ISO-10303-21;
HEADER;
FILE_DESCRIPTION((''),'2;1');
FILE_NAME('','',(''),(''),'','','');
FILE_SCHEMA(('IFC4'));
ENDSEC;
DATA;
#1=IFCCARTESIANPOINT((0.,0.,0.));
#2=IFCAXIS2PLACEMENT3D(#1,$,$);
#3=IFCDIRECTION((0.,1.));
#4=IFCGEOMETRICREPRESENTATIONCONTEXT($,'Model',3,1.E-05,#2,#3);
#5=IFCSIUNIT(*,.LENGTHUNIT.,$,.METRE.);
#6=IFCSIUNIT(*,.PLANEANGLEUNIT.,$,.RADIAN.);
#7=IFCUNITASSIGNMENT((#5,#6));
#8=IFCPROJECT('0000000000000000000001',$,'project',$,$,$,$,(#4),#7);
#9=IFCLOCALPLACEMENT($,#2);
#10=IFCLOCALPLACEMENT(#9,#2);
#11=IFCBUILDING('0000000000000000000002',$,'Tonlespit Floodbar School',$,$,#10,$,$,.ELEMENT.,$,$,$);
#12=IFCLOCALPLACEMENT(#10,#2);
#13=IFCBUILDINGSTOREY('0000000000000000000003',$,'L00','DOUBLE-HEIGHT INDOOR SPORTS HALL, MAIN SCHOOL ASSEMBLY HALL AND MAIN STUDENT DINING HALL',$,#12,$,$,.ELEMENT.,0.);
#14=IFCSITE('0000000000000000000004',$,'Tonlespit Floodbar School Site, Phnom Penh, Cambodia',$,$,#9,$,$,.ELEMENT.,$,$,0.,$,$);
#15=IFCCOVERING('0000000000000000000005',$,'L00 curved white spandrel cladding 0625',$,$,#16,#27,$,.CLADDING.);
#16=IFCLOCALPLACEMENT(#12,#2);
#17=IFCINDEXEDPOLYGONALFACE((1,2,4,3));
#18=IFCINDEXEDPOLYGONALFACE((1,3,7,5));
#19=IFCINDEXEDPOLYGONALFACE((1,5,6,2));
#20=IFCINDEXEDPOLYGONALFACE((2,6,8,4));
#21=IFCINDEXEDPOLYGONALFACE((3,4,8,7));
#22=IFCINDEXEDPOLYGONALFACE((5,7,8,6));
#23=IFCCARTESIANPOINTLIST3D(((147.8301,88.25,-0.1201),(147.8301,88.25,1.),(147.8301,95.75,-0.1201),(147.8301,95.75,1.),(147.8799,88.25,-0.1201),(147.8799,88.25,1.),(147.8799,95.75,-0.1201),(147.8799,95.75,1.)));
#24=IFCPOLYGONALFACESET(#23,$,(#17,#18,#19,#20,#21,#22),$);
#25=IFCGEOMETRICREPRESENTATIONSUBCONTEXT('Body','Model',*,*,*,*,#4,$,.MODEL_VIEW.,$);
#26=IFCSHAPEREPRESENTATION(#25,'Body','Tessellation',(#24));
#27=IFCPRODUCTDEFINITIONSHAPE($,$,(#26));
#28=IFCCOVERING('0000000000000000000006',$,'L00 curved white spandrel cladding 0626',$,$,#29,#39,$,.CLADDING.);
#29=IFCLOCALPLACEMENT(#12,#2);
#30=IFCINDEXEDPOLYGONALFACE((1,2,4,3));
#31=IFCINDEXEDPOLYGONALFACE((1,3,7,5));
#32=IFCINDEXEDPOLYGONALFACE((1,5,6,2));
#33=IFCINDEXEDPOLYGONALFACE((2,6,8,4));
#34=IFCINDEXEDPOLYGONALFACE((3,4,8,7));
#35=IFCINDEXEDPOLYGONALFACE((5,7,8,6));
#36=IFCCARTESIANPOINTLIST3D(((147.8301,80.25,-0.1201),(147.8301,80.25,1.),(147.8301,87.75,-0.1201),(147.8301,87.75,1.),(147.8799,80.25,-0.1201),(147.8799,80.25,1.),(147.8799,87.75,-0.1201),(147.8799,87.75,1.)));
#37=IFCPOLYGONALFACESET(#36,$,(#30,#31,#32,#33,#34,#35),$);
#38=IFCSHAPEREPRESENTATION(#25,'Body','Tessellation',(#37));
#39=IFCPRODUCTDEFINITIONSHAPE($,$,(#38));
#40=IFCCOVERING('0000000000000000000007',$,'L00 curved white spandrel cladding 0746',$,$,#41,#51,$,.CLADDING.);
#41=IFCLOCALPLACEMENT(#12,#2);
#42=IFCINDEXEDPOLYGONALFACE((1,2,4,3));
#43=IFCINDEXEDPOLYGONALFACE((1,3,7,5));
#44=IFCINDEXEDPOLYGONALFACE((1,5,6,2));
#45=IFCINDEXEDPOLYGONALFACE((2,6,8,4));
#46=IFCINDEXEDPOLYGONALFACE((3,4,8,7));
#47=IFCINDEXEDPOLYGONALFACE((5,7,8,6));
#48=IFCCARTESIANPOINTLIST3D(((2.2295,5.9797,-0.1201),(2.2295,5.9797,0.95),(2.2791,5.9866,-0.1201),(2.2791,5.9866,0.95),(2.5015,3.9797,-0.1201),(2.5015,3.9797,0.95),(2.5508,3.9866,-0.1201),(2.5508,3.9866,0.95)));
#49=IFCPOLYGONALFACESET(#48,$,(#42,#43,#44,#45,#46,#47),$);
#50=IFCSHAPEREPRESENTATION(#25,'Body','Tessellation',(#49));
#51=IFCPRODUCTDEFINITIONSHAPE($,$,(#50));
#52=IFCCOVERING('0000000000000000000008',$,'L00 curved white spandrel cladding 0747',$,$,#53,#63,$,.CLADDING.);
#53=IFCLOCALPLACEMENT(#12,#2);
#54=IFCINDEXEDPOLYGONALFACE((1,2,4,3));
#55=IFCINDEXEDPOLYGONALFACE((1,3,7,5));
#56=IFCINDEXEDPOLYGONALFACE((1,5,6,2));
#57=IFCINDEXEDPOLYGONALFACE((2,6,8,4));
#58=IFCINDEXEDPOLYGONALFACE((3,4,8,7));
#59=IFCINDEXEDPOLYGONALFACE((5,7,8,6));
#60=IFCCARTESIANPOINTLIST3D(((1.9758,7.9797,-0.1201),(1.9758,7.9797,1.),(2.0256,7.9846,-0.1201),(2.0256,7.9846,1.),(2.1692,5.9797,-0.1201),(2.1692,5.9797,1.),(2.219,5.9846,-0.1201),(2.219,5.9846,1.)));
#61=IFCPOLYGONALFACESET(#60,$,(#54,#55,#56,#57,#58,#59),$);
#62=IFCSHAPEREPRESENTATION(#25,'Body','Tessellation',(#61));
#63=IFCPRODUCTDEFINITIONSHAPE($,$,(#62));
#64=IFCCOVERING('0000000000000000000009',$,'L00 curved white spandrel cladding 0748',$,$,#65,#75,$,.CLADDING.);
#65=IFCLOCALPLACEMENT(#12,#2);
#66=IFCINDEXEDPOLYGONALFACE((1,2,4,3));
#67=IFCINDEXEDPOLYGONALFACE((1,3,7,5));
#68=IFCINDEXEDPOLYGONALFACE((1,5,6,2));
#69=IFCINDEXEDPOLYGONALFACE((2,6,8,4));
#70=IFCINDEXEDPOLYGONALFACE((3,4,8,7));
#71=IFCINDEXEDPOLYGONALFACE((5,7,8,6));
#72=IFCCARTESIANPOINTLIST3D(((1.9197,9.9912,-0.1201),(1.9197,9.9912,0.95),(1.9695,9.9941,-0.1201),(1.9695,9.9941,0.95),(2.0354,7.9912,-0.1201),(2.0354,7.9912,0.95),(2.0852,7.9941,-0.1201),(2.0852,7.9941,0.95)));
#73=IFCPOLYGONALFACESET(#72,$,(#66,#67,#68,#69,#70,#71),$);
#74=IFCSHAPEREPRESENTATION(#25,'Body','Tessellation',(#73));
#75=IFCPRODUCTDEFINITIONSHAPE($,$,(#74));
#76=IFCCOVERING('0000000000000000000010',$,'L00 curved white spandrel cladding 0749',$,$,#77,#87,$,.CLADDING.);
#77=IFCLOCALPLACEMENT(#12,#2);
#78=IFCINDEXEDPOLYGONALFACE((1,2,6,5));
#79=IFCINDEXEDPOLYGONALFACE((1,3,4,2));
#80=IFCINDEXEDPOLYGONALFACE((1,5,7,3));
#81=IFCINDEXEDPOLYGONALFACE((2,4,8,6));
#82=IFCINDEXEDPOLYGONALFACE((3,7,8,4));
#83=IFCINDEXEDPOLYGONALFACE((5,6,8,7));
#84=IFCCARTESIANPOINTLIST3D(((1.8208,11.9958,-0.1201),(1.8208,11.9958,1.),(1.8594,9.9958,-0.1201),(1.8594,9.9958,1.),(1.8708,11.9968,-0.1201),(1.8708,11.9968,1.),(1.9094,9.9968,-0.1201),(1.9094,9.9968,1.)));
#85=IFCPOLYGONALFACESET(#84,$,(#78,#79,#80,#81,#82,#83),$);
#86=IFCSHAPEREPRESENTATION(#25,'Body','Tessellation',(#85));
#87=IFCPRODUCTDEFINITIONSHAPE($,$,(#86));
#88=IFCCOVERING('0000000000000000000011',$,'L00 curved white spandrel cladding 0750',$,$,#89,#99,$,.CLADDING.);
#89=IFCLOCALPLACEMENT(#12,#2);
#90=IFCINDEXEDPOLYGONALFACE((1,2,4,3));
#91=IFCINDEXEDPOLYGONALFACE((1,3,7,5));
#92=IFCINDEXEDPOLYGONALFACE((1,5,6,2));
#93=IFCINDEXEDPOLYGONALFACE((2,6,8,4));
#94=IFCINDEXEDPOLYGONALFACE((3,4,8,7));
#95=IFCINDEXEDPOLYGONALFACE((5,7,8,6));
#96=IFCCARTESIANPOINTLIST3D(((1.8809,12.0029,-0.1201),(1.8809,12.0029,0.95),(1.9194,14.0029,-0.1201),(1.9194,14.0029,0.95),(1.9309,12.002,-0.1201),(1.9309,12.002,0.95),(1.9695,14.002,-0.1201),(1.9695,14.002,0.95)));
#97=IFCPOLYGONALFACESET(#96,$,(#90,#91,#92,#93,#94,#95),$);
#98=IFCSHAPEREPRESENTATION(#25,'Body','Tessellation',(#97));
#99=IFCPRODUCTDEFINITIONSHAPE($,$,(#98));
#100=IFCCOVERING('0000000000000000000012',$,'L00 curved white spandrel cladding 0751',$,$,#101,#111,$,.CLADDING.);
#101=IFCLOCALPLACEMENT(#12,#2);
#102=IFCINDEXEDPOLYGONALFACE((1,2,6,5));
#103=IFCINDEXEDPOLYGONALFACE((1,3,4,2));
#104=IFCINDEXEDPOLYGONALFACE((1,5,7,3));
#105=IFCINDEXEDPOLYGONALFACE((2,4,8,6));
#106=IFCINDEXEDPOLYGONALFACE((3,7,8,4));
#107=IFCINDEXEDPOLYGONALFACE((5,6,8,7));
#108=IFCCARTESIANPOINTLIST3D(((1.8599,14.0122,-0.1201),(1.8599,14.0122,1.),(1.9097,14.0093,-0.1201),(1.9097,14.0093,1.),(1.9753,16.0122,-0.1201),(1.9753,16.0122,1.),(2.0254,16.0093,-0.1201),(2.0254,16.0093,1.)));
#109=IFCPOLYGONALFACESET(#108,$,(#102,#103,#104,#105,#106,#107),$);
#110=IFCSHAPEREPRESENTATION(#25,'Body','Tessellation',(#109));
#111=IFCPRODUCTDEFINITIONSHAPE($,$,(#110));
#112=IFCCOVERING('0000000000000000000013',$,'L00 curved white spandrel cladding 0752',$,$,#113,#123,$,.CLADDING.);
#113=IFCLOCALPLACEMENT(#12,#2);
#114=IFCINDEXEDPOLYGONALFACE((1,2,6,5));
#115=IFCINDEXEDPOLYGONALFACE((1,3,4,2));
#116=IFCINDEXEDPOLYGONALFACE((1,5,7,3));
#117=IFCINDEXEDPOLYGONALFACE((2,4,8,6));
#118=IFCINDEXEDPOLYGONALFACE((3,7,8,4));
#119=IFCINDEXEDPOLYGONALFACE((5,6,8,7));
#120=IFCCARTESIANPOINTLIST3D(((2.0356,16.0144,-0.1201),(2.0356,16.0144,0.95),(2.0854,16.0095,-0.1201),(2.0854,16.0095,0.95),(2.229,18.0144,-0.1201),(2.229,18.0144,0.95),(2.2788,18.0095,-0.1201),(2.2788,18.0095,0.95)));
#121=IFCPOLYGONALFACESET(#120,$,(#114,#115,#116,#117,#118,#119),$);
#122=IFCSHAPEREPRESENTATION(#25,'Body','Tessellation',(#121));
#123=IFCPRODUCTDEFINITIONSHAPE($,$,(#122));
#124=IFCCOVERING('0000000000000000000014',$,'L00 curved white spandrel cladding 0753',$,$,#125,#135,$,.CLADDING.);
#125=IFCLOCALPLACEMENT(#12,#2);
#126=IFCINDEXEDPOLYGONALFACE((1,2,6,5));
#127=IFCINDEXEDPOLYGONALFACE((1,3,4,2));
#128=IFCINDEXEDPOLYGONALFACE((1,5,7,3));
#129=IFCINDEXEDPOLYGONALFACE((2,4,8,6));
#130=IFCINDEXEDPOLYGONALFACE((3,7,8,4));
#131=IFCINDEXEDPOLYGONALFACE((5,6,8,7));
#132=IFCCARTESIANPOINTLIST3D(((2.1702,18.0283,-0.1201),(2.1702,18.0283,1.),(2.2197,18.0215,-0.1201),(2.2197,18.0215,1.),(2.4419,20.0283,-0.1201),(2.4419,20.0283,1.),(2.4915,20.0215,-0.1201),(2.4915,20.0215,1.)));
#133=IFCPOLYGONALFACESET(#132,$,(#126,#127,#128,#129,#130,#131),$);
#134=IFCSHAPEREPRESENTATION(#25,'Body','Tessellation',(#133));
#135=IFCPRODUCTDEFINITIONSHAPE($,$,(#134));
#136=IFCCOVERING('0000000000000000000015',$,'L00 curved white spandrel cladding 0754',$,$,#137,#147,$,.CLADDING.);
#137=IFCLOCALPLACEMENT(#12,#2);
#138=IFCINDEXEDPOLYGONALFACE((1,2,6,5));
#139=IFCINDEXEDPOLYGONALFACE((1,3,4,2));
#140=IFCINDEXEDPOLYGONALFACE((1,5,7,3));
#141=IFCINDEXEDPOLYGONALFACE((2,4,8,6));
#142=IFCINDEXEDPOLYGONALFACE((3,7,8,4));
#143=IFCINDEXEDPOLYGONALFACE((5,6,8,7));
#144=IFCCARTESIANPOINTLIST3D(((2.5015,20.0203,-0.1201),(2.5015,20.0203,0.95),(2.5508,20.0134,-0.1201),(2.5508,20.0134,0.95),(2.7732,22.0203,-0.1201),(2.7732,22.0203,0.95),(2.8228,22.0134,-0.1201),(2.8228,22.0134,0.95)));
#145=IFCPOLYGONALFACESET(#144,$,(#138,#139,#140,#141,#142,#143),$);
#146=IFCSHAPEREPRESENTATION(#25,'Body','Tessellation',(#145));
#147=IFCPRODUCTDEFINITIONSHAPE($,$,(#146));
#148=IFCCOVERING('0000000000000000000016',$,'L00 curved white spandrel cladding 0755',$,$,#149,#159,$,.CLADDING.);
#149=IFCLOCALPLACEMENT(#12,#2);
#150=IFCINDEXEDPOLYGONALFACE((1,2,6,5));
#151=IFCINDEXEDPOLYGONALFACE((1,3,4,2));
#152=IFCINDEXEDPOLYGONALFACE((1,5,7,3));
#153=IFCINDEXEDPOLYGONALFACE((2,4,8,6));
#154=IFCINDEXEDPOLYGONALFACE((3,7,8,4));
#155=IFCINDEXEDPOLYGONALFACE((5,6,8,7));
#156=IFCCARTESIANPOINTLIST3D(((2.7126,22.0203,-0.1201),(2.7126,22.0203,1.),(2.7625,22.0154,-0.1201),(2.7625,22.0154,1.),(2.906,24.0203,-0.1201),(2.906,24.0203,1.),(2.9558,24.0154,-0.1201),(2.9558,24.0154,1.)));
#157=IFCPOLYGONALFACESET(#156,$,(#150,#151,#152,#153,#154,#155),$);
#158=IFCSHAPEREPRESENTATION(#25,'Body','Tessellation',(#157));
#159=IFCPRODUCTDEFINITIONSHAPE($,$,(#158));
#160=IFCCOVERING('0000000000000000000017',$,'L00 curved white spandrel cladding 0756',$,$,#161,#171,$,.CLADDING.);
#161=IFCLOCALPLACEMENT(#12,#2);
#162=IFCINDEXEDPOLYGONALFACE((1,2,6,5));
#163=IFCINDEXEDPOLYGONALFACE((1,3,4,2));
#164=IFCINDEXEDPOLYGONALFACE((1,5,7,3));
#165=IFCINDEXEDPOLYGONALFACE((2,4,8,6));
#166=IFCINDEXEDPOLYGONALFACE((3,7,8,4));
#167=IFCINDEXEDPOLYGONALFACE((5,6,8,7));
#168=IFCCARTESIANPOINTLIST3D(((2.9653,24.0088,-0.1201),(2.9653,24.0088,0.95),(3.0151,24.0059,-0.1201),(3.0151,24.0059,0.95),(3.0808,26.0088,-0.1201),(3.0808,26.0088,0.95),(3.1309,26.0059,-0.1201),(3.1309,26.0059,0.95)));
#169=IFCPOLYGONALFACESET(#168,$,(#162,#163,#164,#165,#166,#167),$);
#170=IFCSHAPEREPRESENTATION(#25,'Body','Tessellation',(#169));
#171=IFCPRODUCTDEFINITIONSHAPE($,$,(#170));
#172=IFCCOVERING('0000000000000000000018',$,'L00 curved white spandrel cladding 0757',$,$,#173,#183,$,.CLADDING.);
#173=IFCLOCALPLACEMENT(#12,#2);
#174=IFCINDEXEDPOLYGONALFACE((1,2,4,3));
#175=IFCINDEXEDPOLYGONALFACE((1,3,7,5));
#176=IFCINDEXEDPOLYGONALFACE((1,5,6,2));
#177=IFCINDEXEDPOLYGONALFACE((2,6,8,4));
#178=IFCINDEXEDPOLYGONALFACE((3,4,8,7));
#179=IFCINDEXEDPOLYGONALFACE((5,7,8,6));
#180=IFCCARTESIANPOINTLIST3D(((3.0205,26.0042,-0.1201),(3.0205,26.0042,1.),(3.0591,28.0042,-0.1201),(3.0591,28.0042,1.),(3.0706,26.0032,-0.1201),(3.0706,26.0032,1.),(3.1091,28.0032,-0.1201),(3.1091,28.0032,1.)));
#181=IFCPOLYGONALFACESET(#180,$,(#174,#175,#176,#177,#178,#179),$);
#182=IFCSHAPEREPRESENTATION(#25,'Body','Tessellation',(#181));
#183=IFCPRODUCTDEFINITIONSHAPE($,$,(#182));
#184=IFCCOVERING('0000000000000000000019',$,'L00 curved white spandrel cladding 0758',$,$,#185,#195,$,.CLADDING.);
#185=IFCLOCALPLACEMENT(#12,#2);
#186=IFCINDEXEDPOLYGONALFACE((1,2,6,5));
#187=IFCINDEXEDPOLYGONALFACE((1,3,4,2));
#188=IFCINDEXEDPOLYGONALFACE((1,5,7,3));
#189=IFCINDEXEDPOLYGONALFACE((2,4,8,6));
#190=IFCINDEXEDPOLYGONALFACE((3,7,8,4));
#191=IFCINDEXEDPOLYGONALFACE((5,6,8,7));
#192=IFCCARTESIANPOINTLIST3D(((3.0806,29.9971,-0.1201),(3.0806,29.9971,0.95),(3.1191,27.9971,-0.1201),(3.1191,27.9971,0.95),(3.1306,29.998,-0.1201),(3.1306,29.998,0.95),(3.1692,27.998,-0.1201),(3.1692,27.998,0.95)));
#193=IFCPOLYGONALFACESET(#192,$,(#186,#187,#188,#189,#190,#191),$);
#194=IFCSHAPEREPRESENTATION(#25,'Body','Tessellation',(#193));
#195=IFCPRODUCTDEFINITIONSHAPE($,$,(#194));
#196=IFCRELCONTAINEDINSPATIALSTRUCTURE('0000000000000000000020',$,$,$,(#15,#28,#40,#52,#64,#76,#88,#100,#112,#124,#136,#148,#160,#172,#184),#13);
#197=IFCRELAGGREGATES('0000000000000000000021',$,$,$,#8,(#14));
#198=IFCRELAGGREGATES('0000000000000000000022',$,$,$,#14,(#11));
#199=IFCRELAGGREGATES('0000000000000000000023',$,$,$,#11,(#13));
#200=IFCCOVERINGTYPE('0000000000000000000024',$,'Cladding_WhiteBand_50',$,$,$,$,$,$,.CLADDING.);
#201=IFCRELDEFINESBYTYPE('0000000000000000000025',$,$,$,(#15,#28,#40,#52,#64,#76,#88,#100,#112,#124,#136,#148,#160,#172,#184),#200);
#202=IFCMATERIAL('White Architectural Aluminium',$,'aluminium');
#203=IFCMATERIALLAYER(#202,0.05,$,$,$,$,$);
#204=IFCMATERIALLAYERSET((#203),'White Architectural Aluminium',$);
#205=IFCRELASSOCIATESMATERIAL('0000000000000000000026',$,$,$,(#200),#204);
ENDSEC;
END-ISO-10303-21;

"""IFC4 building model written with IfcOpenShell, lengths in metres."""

from ifc_helpers import new_model, si_unit, direction, frame, origin, place, context, subcontext, project, spatial, polyline, outline, extrude, material, layer, layer_set, type_object, element, save


model = new_model("IFC4")

# Units and contexts
model_context = context("Model", 3, precision=1e-05, world=origin(), true_north=direction((0.0, 1.0)))
body_context = subcontext(model_context, "Body", "Model", "MODEL_VIEW")
ifc_project = project(units=[si_unit("LENGTHUNIT", "METRE"), si_unit("PLANEANGLEUNIT", "RADIAN")], contexts=[model_context])

# Site, building, storey
site_placement = place(None, origin())
site = spatial("IfcSite", under=ifc_project, at=site_placement, Name="Tonlespit Floodbar School Site, Phnom Penh, Cambodia", CompositionType="ELEMENT", RefElevation=0.0)
building_placement = place(site_placement, origin())
building = spatial("IfcBuilding", under=site, at=building_placement, Name="Tonlespit Floodbar School", CompositionType="ELEMENT")
storey_placement = place(building_placement, origin())
storey = spatial("IfcBuildingStorey", under=building, at=storey_placement, Name="L00", Description="DOUBLE-HEIGHT INDOOR SPORTS HALL, MAIN SCHOOL ASSEMBLY HALL AND MAIN STUDENT DINING HALL", CompositionType="ELEMENT", Elevation=0.0)

# Coverings
ifc_material_1 = material(Name="White Architectural Aluminium", Category="aluminium")
ifc_layer_1 = layer(ifc_material_1, 0.05)
ifc_layer_set_1 = layer_set([ifc_layer_1], Name="White Architectural Aluminium")
covering_type = type_object("IfcCoveringType", Name="Cladding_WhiteBand_50", PredefinedType="CLADDING", material=ifc_layer_set_1)
covering_1_placement = place(storey_placement, frame((0.0, 0.0, -0.1201)))
element("IfcCovering", 1, at=covering_1_placement, inside=storey, type_object=covering_type, Name="L00 curved white spandrel cladding 0625", PredefinedType="CLADDING", context=body_context, shape_type="SweptSolid", body=[
    extrude(outline(polyline([(147.8799, 88.25), (147.8799, 95.75), (147.8301, 95.75), (147.8301, 88.25), (147.8799, 88.25)])), origin(), (0.0, 0.0, 1.0), 1.1201),
])
covering_2_placement = place(storey_placement, frame((0.0, 0.0, -0.1201)))
element("IfcCovering", 2, at=covering_2_placement, inside=storey, type_object=covering_type, Name="L00 curved white spandrel cladding 0626", PredefinedType="CLADDING", context=body_context, shape_type="SweptSolid", body=[
    extrude(outline(polyline([(147.8799, 80.25), (147.8799, 87.75), (147.8301, 87.75), (147.8301, 80.25), (147.8799, 80.25)])), origin(), (0.0, 0.0, 1.0), 1.1201),
])
covering_3_placement = place(storey_placement, frame((0.0, 0.0, -0.1201)))
element("IfcCovering", 3, at=covering_3_placement, inside=storey, type_object=covering_type, Name="L00 curved white spandrel cladding 0746", PredefinedType="CLADDING", context=body_context, shape_type="SweptSolid", body=[
    extrude(outline(polyline([(2.5508, 3.9866), (2.2791, 5.9866), (2.2295, 5.9797), (2.5015, 3.9797), (2.5508, 3.9866)])), origin(), (0.0, 0.0, 1.0), 1.0701),
])
covering_4_placement = place(storey_placement, frame((0.0, 0.0, -0.1201)))
element("IfcCovering", 4, at=covering_4_placement, inside=storey, type_object=covering_type, Name="L00 curved white spandrel cladding 0747", PredefinedType="CLADDING", context=body_context, shape_type="SweptSolid", body=[
    extrude(outline(polyline([(2.219, 5.9846), (2.0256, 7.9846), (1.9758, 7.9797), (2.1692, 5.9797), (2.219, 5.9846)])), origin(), (0.0, 0.0, 1.0), 1.1201),
])
covering_5_placement = place(storey_placement, frame((0.0, 0.0, -0.1201)))
element("IfcCovering", 5, at=covering_5_placement, inside=storey, type_object=covering_type, Name="L00 curved white spandrel cladding 0748", PredefinedType="CLADDING", context=body_context, shape_type="SweptSolid", body=[
    extrude(outline(polyline([(2.0852, 7.9941), (1.9695, 9.9941), (1.9197, 9.9912), (2.0354, 7.9912), (2.0852, 7.9941)])), origin(), (0.0, 0.0, 1.0), 1.0701),
])
covering_6_placement = place(storey_placement, frame((0.0, 0.0, -0.1201)))
element("IfcCovering", 6, at=covering_6_placement, inside=storey, type_object=covering_type, Name="L00 curved white spandrel cladding 0749", PredefinedType="CLADDING", context=body_context, shape_type="SweptSolid", body=[
    extrude(outline(polyline([(1.9094, 9.9968), (1.8708, 11.9968), (1.8208, 11.9958), (1.8594, 9.9958), (1.9094, 9.9968)])), origin(), (0.0, 0.0, 1.0), 1.1201),
])
covering_7_placement = place(storey_placement, frame((0.0, 0.0, -0.1201)))
element("IfcCovering", 7, at=covering_7_placement, inside=storey, type_object=covering_type, Name="L00 curved white spandrel cladding 0750", PredefinedType="CLADDING", context=body_context, shape_type="SweptSolid", body=[
    extrude(outline(polyline([(1.9309, 12.002), (1.9695, 14.002), (1.9194, 14.0029), (1.8809, 12.0029), (1.9309, 12.002)])), origin(), (0.0, 0.0, 1.0), 1.0701),
])
covering_8_placement = place(storey_placement, frame((0.0, 0.0, -0.1201)))
element("IfcCovering", 8, at=covering_8_placement, inside=storey, type_object=covering_type, Name="L00 curved white spandrel cladding 0751", PredefinedType="CLADDING", context=body_context, shape_type="SweptSolid", body=[
    extrude(outline(polyline([(1.9097, 14.0093), (2.0254, 16.0093), (1.9753, 16.0122), (1.8599, 14.0122), (1.9097, 14.0093)])), origin(), (0.0, 0.0, 1.0), 1.1201),
])
covering_9_placement = place(storey_placement, frame((0.0, 0.0, -0.1201)))
element("IfcCovering", 9, at=covering_9_placement, inside=storey, type_object=covering_type, Name="L00 curved white spandrel cladding 0752", PredefinedType="CLADDING", context=body_context, shape_type="SweptSolid", body=[
    extrude(outline(polyline([(2.0854, 16.0095), (2.2788, 18.0095), (2.229, 18.0144), (2.0356, 16.0144), (2.0854, 16.0095)])), origin(), (0.0, 0.0, 1.0), 1.0701),
])
covering_10_placement = place(storey_placement, frame((0.0, 0.0, -0.1201)))
element("IfcCovering", 10, at=covering_10_placement, inside=storey, type_object=covering_type, Name="L00 curved white spandrel cladding 0753", PredefinedType="CLADDING", context=body_context, shape_type="SweptSolid", body=[
    extrude(outline(polyline([(2.2197, 18.0215), (2.4915, 20.0215), (2.4419, 20.0283), (2.1702, 18.0283), (2.2197, 18.0215)])), origin(), (0.0, 0.0, 1.0), 1.1201),
])
covering_11_placement = place(storey_placement, frame((0.0, 0.0, -0.1201)))
element("IfcCovering", 11, at=covering_11_placement, inside=storey, type_object=covering_type, Name="L00 curved white spandrel cladding 0754", PredefinedType="CLADDING", context=body_context, shape_type="SweptSolid", body=[
    extrude(outline(polyline([(2.5508, 20.0134), (2.8228, 22.0134), (2.7732, 22.0203), (2.5015, 20.0203), (2.5508, 20.0134)])), origin(), (0.0, 0.0, 1.0), 1.0701),
])
covering_12_placement = place(storey_placement, frame((0.0, 0.0, -0.1201)))
element("IfcCovering", 12, at=covering_12_placement, inside=storey, type_object=covering_type, Name="L00 curved white spandrel cladding 0755", PredefinedType="CLADDING", context=body_context, shape_type="SweptSolid", body=[
    extrude(outline(polyline([(2.7625, 22.0154), (2.9558, 24.0154), (2.906, 24.0203), (2.7126, 22.0203), (2.7625, 22.0154)])), origin(), (0.0, 0.0, 1.0), 1.1201),
])
covering_13_placement = place(storey_placement, frame((0.0, 0.0, -0.1201)))
element("IfcCovering", 13, at=covering_13_placement, inside=storey, type_object=covering_type, Name="L00 curved white spandrel cladding 0756", PredefinedType="CLADDING", context=body_context, shape_type="SweptSolid", body=[
    extrude(outline(polyline([(3.0151, 24.0059), (3.1309, 26.0059), (3.0808, 26.0088), (2.9653, 24.0088), (3.0151, 24.0059)])), origin(), (0.0, 0.0, 1.0), 1.0701),
])
covering_14_placement = place(storey_placement, frame((0.0, 0.0, -0.1201)))
element("IfcCovering", 14, at=covering_14_placement, inside=storey, type_object=covering_type, Name="L00 curved white spandrel cladding 0757", PredefinedType="CLADDING", context=body_context, shape_type="SweptSolid", body=[
    extrude(outline(polyline([(3.0706, 26.0032), (3.1091, 28.0032), (3.0591, 28.0042), (3.0205, 26.0042), (3.0706, 26.0032)])), origin(), (0.0, 0.0, 1.0), 1.1201),
])
covering_15_placement = place(storey_placement, frame((0.0, 0.0, -0.1201)))
element("IfcCovering", 15, at=covering_15_placement, inside=storey, type_object=covering_type, Name="L00 curved white spandrel cladding 0758", PredefinedType="CLADDING", context=body_context, shape_type="SweptSolid", body=[
    extrude(outline(polyline([(3.1692, 27.998), (3.1306, 29.998), (3.0806, 29.9971), (3.1191, 27.9971), (3.1692, 27.998)])), origin(), (0.0, 0.0, 1.0), 1.0701),
])

save(model, "model.ifc")
